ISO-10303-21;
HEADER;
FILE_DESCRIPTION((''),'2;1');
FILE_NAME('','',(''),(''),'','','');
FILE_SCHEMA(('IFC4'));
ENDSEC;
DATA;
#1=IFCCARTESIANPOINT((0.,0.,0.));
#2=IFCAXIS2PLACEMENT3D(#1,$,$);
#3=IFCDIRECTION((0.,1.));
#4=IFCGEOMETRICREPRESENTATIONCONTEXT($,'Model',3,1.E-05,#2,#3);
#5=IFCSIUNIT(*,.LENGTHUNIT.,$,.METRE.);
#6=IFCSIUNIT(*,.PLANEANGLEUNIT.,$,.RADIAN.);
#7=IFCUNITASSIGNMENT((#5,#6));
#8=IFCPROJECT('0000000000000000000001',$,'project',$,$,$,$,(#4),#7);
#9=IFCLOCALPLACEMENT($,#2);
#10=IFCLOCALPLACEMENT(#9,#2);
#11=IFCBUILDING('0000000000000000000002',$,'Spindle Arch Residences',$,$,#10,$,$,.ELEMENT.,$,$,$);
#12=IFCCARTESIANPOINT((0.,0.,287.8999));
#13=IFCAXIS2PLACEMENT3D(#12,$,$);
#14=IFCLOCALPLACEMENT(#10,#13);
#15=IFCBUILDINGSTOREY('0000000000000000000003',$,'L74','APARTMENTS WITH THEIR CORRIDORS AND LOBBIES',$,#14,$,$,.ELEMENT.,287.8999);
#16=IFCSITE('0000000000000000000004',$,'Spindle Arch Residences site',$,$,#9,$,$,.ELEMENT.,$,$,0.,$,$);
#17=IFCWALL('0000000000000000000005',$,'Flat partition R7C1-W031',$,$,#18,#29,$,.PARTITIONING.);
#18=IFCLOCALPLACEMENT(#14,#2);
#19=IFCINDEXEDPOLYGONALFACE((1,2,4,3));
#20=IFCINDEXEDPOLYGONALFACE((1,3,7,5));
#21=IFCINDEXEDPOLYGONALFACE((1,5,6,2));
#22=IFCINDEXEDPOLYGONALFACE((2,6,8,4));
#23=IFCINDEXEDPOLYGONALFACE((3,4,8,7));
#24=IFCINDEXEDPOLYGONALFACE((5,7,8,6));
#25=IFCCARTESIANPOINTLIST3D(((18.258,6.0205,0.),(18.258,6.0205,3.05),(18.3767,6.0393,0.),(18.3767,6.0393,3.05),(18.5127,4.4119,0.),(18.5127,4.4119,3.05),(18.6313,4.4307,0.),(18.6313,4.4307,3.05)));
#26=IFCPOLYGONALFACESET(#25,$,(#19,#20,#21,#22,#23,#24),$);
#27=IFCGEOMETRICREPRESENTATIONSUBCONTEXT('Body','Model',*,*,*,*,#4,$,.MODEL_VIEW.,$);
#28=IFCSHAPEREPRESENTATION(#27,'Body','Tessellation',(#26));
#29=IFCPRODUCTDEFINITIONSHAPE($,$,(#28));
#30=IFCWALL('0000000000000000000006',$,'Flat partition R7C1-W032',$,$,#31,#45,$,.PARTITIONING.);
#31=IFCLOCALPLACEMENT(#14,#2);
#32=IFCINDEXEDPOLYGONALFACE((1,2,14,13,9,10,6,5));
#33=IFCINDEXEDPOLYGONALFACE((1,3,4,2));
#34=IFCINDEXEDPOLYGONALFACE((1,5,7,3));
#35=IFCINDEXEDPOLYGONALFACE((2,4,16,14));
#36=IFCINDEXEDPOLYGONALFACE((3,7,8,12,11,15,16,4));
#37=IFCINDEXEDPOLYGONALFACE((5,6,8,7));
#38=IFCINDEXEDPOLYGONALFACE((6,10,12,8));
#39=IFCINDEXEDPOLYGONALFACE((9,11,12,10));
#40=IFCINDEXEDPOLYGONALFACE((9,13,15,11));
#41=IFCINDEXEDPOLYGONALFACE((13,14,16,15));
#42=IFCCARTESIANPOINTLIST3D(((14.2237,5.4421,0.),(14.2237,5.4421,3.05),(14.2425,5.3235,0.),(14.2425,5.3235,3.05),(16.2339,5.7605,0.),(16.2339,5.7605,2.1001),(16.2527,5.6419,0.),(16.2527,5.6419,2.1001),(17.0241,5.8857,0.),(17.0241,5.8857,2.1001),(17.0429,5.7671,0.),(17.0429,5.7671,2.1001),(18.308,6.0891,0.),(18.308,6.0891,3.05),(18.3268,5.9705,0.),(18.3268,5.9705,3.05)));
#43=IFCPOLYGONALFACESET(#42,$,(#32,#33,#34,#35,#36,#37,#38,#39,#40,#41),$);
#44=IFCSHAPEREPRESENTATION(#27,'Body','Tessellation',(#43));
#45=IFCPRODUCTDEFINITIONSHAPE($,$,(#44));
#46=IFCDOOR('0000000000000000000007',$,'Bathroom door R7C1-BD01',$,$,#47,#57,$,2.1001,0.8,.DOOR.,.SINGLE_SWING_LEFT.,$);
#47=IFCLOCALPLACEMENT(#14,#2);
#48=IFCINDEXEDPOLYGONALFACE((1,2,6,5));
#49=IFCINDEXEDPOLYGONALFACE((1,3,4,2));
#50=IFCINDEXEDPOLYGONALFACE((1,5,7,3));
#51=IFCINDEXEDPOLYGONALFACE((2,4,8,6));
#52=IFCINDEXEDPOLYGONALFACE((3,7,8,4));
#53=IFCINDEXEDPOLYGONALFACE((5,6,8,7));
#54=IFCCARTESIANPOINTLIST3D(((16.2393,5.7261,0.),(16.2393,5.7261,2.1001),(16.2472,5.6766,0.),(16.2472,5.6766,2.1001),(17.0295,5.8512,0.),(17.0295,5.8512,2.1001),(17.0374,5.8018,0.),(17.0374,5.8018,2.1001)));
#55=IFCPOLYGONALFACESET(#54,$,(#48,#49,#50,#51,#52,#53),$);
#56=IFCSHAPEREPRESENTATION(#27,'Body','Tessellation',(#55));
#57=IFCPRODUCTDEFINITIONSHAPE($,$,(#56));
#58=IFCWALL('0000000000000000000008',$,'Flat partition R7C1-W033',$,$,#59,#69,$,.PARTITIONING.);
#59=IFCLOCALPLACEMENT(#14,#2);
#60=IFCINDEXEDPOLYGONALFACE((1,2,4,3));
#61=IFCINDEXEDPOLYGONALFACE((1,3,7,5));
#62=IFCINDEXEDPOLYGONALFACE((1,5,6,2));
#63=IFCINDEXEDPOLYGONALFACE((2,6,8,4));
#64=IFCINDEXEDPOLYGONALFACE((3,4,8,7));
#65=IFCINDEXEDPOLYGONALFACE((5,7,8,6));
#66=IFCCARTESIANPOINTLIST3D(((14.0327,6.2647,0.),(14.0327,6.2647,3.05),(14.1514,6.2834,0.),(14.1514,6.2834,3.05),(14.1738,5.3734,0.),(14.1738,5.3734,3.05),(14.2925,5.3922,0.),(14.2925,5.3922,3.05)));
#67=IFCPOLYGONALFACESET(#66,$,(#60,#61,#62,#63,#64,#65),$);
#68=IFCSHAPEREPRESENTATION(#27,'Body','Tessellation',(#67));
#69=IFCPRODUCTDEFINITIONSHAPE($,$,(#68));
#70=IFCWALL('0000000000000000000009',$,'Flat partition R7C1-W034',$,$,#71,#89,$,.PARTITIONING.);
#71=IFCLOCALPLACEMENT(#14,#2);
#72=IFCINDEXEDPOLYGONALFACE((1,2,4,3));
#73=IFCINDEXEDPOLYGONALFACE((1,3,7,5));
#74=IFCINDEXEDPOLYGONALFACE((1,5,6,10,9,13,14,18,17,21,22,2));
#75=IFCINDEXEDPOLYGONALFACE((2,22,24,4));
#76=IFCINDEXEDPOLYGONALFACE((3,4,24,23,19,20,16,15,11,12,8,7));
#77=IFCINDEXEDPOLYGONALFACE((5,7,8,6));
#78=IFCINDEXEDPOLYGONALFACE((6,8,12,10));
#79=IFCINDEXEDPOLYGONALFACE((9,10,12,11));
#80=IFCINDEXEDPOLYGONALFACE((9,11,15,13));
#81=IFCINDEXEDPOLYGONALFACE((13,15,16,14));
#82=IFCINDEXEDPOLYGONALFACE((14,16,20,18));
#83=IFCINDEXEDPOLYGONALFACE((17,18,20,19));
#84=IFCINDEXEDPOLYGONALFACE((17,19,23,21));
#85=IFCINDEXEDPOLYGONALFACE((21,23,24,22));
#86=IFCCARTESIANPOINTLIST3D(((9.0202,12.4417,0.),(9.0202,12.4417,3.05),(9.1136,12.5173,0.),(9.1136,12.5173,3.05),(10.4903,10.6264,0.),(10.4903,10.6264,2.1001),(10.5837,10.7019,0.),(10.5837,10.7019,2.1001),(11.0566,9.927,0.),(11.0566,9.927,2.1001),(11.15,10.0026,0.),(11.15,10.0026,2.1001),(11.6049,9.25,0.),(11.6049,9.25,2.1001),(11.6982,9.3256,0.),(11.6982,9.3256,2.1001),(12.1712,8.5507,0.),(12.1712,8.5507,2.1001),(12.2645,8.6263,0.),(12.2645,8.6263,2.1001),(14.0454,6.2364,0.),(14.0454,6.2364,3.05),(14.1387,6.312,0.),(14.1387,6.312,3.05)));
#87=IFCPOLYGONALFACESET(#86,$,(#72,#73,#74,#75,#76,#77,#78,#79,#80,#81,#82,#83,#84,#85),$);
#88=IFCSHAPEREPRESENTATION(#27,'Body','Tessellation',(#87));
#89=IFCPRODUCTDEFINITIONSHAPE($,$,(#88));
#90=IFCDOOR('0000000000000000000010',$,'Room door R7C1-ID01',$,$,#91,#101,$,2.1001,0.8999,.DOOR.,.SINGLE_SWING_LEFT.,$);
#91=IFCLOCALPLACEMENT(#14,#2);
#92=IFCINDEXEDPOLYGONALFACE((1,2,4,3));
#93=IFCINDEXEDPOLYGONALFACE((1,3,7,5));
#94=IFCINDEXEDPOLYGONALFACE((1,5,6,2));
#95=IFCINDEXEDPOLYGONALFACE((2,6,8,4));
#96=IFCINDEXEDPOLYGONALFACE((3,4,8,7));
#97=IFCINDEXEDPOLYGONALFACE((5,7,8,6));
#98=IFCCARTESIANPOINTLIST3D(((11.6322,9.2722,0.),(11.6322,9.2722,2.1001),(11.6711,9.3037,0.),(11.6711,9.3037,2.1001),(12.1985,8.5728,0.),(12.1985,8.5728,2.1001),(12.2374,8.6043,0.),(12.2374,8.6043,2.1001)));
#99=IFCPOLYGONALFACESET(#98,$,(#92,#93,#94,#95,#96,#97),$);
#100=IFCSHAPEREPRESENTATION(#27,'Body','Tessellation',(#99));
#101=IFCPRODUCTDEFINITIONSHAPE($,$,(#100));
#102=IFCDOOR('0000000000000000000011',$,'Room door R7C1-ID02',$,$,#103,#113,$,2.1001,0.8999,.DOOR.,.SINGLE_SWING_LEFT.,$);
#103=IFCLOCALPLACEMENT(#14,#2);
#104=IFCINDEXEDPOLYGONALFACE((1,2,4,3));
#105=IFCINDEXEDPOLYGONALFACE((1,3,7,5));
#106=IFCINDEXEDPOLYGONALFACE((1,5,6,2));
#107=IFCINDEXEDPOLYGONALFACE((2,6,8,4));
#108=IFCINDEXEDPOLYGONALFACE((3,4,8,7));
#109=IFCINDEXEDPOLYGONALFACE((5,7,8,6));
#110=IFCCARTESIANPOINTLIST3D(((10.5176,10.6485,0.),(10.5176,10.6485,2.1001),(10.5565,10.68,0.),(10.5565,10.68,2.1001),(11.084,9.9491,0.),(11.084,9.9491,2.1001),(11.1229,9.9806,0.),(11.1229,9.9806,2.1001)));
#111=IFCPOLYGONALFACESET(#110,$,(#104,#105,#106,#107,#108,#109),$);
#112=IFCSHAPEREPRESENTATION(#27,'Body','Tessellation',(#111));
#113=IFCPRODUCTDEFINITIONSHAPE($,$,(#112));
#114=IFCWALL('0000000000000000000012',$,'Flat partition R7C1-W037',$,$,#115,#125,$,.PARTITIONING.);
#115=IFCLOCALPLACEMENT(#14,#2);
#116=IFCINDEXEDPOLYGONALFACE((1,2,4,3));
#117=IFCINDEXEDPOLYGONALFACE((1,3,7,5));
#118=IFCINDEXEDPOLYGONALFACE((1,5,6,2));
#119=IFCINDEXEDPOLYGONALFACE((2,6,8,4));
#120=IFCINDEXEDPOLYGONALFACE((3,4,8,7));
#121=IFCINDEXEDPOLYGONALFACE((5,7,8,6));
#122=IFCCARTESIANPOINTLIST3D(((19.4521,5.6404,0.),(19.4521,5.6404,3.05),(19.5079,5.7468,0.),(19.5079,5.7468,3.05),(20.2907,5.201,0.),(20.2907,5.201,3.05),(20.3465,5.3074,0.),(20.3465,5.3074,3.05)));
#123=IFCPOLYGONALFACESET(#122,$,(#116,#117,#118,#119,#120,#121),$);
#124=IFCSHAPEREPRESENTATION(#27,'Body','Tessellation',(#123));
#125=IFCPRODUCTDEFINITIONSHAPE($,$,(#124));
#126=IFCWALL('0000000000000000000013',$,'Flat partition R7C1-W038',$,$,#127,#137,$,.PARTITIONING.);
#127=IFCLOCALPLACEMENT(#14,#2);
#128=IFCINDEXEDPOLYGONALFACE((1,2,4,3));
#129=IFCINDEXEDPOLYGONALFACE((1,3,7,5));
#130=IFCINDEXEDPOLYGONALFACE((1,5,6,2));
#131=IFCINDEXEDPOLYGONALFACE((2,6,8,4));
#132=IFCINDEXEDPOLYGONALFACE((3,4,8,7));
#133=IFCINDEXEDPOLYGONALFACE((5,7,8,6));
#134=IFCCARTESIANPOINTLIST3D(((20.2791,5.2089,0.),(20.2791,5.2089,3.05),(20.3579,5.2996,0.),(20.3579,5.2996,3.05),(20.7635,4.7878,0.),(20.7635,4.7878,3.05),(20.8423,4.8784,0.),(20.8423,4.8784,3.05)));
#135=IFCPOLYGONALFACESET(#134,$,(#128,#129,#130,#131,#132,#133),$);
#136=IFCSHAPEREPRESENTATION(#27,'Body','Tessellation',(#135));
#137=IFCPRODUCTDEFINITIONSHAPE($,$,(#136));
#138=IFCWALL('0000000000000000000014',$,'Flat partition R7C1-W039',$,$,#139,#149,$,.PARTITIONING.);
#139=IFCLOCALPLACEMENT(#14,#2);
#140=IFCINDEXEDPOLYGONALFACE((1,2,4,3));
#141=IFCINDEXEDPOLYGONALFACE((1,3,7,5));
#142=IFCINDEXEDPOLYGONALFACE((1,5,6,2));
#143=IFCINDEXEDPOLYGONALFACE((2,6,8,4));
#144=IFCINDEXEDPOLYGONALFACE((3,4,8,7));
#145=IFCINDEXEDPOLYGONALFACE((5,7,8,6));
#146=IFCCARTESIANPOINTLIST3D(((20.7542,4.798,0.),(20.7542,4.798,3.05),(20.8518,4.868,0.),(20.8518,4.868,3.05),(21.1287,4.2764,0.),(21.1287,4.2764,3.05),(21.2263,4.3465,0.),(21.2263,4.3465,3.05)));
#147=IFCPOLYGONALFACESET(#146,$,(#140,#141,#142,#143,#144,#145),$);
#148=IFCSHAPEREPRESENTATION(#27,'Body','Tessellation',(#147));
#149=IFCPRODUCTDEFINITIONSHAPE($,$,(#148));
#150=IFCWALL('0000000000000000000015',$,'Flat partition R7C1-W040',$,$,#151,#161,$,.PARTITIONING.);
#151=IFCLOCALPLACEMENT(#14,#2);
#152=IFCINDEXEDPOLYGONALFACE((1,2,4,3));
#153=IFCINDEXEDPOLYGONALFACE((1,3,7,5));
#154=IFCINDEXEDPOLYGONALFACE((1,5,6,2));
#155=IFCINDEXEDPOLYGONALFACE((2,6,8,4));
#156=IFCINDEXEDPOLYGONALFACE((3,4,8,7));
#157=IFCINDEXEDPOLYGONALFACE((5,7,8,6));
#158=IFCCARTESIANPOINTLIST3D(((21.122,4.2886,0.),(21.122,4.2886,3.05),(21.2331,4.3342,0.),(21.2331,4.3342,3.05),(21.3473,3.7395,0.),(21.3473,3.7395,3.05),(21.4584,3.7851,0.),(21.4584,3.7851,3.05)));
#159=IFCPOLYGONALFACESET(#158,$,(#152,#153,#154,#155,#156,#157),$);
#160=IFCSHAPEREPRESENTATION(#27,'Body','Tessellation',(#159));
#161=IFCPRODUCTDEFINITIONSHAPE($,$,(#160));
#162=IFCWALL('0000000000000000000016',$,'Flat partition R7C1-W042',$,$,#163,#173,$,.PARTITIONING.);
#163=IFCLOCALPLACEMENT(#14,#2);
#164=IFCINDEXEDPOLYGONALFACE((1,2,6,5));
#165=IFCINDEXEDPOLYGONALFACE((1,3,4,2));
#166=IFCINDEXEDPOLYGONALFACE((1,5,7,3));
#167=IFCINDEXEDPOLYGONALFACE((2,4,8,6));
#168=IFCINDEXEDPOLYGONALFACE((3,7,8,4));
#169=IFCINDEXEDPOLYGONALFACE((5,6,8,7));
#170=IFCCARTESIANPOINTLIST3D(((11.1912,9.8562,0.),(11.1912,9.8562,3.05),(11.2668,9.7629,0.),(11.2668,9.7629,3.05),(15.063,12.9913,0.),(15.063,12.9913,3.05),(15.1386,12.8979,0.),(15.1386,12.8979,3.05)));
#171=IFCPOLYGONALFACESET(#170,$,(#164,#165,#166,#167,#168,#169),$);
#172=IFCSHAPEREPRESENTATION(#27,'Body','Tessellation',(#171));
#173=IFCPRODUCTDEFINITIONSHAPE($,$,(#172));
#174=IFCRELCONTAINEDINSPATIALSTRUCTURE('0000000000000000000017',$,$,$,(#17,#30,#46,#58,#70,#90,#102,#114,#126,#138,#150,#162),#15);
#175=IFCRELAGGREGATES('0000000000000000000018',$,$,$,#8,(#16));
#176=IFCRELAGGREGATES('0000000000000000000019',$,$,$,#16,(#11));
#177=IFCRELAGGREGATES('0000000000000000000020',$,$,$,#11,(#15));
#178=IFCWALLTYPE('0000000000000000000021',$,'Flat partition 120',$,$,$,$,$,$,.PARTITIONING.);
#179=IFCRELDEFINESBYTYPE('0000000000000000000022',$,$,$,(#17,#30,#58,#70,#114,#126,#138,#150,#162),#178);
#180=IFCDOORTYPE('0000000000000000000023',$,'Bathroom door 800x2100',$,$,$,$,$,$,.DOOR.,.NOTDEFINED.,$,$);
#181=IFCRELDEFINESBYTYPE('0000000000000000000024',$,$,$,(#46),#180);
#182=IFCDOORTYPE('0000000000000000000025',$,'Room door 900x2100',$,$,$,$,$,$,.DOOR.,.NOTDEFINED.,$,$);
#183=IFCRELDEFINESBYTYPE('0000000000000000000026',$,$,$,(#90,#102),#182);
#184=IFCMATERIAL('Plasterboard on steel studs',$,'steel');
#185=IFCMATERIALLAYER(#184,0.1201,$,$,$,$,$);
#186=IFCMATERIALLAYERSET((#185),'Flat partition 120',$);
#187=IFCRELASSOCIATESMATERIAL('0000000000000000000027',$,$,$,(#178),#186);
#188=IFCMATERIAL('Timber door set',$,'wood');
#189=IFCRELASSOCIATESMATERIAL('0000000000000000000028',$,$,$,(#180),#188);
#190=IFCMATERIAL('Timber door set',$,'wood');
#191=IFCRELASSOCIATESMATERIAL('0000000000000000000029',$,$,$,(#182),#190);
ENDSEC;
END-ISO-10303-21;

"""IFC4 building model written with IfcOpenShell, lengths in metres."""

from ifc_helpers import new_model, si_unit, direction, frame, frame_2d, origin, place, context, subcontext, project, spatial, rectangle, extrude, material, layer, layer_set, type_object, element, fill, save


model = new_model("IFC4")

# Units and contexts
model_context = context("Model", 3, precision=1e-05, world=origin(), true_north=direction((0.0, 1.0)))
body_context = subcontext(model_context, "Body", "Model", "MODEL_VIEW")
ifc_project = project(units=[si_unit("LENGTHUNIT", "METRE"), si_unit("PLANEANGLEUNIT", "RADIAN")], contexts=[model_context])

# Site, building, storey
site_placement = place(None, origin())
site = spatial("IfcSite", under=ifc_project, at=site_placement, Name="Spindle Arch Residences site", CompositionType="ELEMENT", RefElevation=0.0)
building_placement = place(site_placement, origin())
building = spatial("IfcBuilding", under=site, at=building_placement, Name="Spindle Arch Residences", CompositionType="ELEMENT")
storey_placement = place(building_placement, frame((0.0, 0.0, 287.8999)))
storey = spatial("IfcBuildingStorey", under=building, at=storey_placement, Name="L74", Description="APARTMENTS WITH THEIR CORRIDORS AND LOBBIES", CompositionType="ELEMENT", Elevation=287.8999)

# Wall
ifc_material_1 = material(Name="Plasterboard on steel studs", Category="steel")
ifc_layer_1 = layer(ifc_material_1, 0.1201)
ifc_layer_set_1 = layer_set([ifc_layer_1], Name="Flat partition 120")
wall_type_1 = type_object("IfcWallType", Name="Flat partition 120", PredefinedType="PARTITIONING", material=ifc_layer_set_1)
wall_1_placement = place(storey_placement, frame((18.572, 4.4211, 0.0), z_axis=(0.0, 0.0, 1.0), x_axis=(-0.156347, 0.987702, 0.0)))
element("IfcWall", 1, at=wall_1_placement, inside=storey, type_object=wall_type_1, Name="Flat partition R7C1-W031", PredefinedType="PARTITIONING", context=body_context, shape_type="SweptSolid", body=[
    extrude(rectangle(XDim=1.6287, YDim=0.1201, at=frame_2d((0.8145, 0.0))), origin(), (0.0, 0.0, 1.0), 3.05),
])

# Wall, opening, door
wall_2_placement = place(storey_placement, frame((18.3174, 6.0298, 0.0), z_axis=(0.0, 0.0, 1.0), x_axis=(-0.987685, -0.156457, 0.0)))
wall_2 = element("IfcWall", 2, at=wall_2_placement, inside=storey, type_object=wall_type_1, Name="Flat partition R7C1-W032", PredefinedType="PARTITIONING", context=body_context, shape_type="SweptSolid", body=[
    extrude(rectangle(XDim=4.1353, YDim=0.1201, at=frame_2d((2.0676, 0.0))), origin(), (0.0, 0.0, 1.0), 3.05),
])
opening_1_placement = place(wall_2_placement, frame((1.3, 0.0, 0.0)))
opening_1 = element("IfcOpeningElement", 3, at=opening_1_placement, cuts=wall_2, PredefinedType="OPENING", context=body_context, shape_type="SweptSolid", body=[
    extrude(rectangle(XDim=0.8, YDim=2.1001, at=frame_2d((0.3999, 1.05))), frame((0.0, 0.0701, 0.0), z_axis=(0.0, -1.0, 0.0), x_axis=(1.0, 0.0, 0.0)), (0.0, 0.0, 1.0), 0.1401),
])
ifc_material_2 = material(Name="Timber door set", Category="wood")
door_type_1 = type_object("IfcDoorType", Name="Bathroom door 800x2100", OperationType="NOTDEFINED", PredefinedType="DOOR", material=ifc_material_2)
door_1_placement = place(opening_1_placement, origin())
door_1 = element("IfcDoor", 4, at=door_1_placement, inside=storey, type_object=door_type_1, Name="Bathroom door R7C1-BD01", OperationType="SINGLE_SWING_LEFT", OverallHeight=2.1001, OverallWidth=0.8, PredefinedType="DOOR", context=body_context, shape_type="SweptSolid", body=[
    extrude(rectangle(XDim=0.8, YDim=2.1001, at=frame_2d((0.3999, 1.05))), frame((0.0, 0.0249, 0.0), z_axis=(0.0, -1.0, 0.0), x_axis=(1.0, 0.0, 0.0)), (0.0, 0.0, 1.0), 0.05),
])
fill(opening_1, door_1)

# Wall
wall_3_placement = place(storey_placement, frame((14.2332, 5.3828, 0.0), z_axis=(0.0, 0.0, 1.0), x_axis=(-0.156365, 0.987699, 0.0)))
element("IfcWall", 5, at=wall_3_placement, inside=storey, type_object=wall_type_1, Name="Flat partition R7C1-W033", PredefinedType="PARTITIONING", context=body_context, shape_type="SweptSolid", body=[
    extrude(rectangle(XDim=0.9023, YDim=0.1201, at=frame_2d((0.4512, 0.0))), origin(), (0.0, 0.0, 1.0), 3.05),
])

# Wall, openings, doors
wall_4_placement = place(storey_placement, frame((14.092, 6.2742, 0.0), z_axis=(0.0, 0.0, 1.0), x_axis=(-0.629334, 0.777135, 0.0)))
wall_4 = element("IfcWall", 6, at=wall_4_placement, inside=storey, type_object=wall_type_1, Name="Flat partition R7C1-W034", PredefinedType="PARTITIONING", context=body_context, shape_type="SweptSolid", body=[
    extrude(rectangle(XDim=7.9849, YDim=0.1201, at=frame_2d((3.9924, 0.0))), origin(), (0.0, 0.0, 1.0), 3.05),
])
opening_2_placement = place(wall_4_placement, frame((2.978, 0.0, 0.0)))
opening_2 = element("IfcOpeningElement", 7, at=opening_2_placement, cuts=wall_4, PredefinedType="OPENING", context=body_context, shape_type="SweptSolid", body=[
    extrude(rectangle(XDim=0.8999, YDim=2.1001, at=frame_2d((0.45, 1.05))), frame((0.0, 0.0701, 0.0), z_axis=(0.0, -1.0, 0.0), x_axis=(1.0, 0.0, 0.0)), (0.0, 0.0, 1.0), 0.1401),
])
opening_3_placement = place(wall_4_placement, frame((4.749, 0.0, 0.0)))
opening_3 = element("IfcOpeningElement", 8, at=opening_3_placement, cuts=wall_4, PredefinedType="OPENING", context=body_context, shape_type="SweptSolid", body=[
    extrude(rectangle(XDim=0.8999, YDim=2.1001, at=frame_2d((0.45, 1.05))), frame((0.0, 0.0701, 0.0), z_axis=(0.0, -1.0, 0.0), x_axis=(1.0, 0.0, 0.0)), (0.0, 0.0, 1.0), 0.1401),
])
ifc_material_3 = material(Name="Timber door set", Category="wood")
door_type_2 = type_object("IfcDoorType", Name="Room door 900x2100", OperationType="NOTDEFINED", PredefinedType="DOOR", material=ifc_material_3)
door_2_placement = place(opening_2_placement, origin())
door_2 = element("IfcDoor", 9, at=door_2_placement, inside=storey, type_object=door_type_2, Name="Room door R7C1-ID01", OperationType="SINGLE_SWING_LEFT", OverallHeight=2.1001, OverallWidth=0.8999, PredefinedType="DOOR", context=body_context, shape_type="SweptSolid", body=[
    extrude(rectangle(XDim=0.8999, YDim=2.1001, at=frame_2d((0.45, 1.05))), frame((0.0, 0.0249, 0.0), z_axis=(0.0, -1.0, 0.0), x_axis=(1.0, 0.0, 0.0)), (0.0, 0.0, 1.0), 0.05),
])
fill(opening_2, door_2)
door_3_placement = place(opening_3_placement, origin())
door_3 = element("IfcDoor", 10, at=door_3_placement, inside=storey, type_object=door_type_2, Name="Room door R7C1-ID02", OperationType="SINGLE_SWING_LEFT", OverallHeight=2.1001, OverallWidth=0.8999, PredefinedType="DOOR", context=body_context, shape_type="SweptSolid", body=[
    extrude(rectangle(XDim=0.8999, YDim=2.1001, at=frame_2d((0.45, 1.05))), frame((0.0, 0.0249, 0.0), z_axis=(0.0, -1.0, 0.0), x_axis=(1.0, 0.0, 0.0)), (0.0, 0.0, 1.0), 0.05),
])
fill(opening_3, door_3)

# Walls
wall_5_placement = place(storey_placement, frame((19.48, 5.6936, 0.0), z_axis=(0.0, 0.0, 1.0), x_axis=(0.885756, -0.464152, 0.0)))
element("IfcWall", 11, at=wall_5_placement, inside=storey, type_object=wall_type_1, Name="Flat partition R7C1-W037", PredefinedType="PARTITIONING", context=body_context, shape_type="SweptSolid", body=[
    extrude(rectangle(XDim=0.9468, YDim=0.1201, at=frame_2d((0.4734, 0.0))), origin(), (0.0, 0.0, 1.0), 3.05),
])
wall_6_placement = place(storey_placement, frame((20.3186, 5.2542, 0.0), z_axis=(0.0, 0.0, 1.0), x_axis=(0.754646, -0.656132, 0.0)))
element("IfcWall", 12, at=wall_6_placement, inside=storey, type_object=wall_type_1, Name="Flat partition R7C1-W038", PredefinedType="PARTITIONING", context=body_context, shape_type="SweptSolid", body=[
    extrude(rectangle(XDim=0.6418, YDim=0.1201, at=frame_2d((0.3208, 0.0))), origin(), (0.0, 0.0, 1.0), 3.05),
])
wall_7_placement = place(storey_placement, frame((20.803, 4.833, 0.0), z_axis=(0.0, 0.0, 1.0), x_axis=(0.583323, -0.812241, 0.0)))
element("IfcWall", 13, at=wall_7_placement, inside=storey, type_object=wall_type_1, Name="Flat partition R7C1-W039", PredefinedType="PARTITIONING", context=body_context, shape_type="SweptSolid", body=[
    extrude(rectangle(XDim=0.6421, YDim=0.1201, at=frame_2d((0.321, 0.0))), origin(), (0.0, 0.0, 1.0), 3.05),
])
wall_8_placement = place(storey_placement, frame((21.1775, 4.3115, 0.0), z_axis=(0.0, 0.0, 1.0), x_axis=(0.379674, -0.92512, 0.0)))
element("IfcWall", 14, at=wall_8_placement, inside=storey, type_object=wall_type_1, Name="Flat partition R7C1-W040", PredefinedType="PARTITIONING", context=body_context, shape_type="SweptSolid", body=[
    extrude(rectangle(XDim=0.5935, YDim=0.1201, at=frame_2d((0.2969, 0.0))), origin(), (0.0, 0.0, 1.0), 3.05),
])
wall_9_placement = place(storey_placement, frame((15.1008, 12.9446, 0.0), z_axis=(0.0, 0.0, 1.0), x_axis=(-0.777179, -0.62928, 0.0)))
element("IfcWall", 15, at=wall_9_placement, inside=storey, type_object=wall_type_1, Name="Flat partition R7C1-W042", PredefinedType="PARTITIONING", context=body_context, shape_type="SweptSolid", body=[
    extrude(rectangle(XDim=4.9819, YDim=0.1201, at=frame_2d((2.491, 0.0))), origin(), (0.0, 0.0, 1.0), 3.05),
])

save(model, "model.ifc")
